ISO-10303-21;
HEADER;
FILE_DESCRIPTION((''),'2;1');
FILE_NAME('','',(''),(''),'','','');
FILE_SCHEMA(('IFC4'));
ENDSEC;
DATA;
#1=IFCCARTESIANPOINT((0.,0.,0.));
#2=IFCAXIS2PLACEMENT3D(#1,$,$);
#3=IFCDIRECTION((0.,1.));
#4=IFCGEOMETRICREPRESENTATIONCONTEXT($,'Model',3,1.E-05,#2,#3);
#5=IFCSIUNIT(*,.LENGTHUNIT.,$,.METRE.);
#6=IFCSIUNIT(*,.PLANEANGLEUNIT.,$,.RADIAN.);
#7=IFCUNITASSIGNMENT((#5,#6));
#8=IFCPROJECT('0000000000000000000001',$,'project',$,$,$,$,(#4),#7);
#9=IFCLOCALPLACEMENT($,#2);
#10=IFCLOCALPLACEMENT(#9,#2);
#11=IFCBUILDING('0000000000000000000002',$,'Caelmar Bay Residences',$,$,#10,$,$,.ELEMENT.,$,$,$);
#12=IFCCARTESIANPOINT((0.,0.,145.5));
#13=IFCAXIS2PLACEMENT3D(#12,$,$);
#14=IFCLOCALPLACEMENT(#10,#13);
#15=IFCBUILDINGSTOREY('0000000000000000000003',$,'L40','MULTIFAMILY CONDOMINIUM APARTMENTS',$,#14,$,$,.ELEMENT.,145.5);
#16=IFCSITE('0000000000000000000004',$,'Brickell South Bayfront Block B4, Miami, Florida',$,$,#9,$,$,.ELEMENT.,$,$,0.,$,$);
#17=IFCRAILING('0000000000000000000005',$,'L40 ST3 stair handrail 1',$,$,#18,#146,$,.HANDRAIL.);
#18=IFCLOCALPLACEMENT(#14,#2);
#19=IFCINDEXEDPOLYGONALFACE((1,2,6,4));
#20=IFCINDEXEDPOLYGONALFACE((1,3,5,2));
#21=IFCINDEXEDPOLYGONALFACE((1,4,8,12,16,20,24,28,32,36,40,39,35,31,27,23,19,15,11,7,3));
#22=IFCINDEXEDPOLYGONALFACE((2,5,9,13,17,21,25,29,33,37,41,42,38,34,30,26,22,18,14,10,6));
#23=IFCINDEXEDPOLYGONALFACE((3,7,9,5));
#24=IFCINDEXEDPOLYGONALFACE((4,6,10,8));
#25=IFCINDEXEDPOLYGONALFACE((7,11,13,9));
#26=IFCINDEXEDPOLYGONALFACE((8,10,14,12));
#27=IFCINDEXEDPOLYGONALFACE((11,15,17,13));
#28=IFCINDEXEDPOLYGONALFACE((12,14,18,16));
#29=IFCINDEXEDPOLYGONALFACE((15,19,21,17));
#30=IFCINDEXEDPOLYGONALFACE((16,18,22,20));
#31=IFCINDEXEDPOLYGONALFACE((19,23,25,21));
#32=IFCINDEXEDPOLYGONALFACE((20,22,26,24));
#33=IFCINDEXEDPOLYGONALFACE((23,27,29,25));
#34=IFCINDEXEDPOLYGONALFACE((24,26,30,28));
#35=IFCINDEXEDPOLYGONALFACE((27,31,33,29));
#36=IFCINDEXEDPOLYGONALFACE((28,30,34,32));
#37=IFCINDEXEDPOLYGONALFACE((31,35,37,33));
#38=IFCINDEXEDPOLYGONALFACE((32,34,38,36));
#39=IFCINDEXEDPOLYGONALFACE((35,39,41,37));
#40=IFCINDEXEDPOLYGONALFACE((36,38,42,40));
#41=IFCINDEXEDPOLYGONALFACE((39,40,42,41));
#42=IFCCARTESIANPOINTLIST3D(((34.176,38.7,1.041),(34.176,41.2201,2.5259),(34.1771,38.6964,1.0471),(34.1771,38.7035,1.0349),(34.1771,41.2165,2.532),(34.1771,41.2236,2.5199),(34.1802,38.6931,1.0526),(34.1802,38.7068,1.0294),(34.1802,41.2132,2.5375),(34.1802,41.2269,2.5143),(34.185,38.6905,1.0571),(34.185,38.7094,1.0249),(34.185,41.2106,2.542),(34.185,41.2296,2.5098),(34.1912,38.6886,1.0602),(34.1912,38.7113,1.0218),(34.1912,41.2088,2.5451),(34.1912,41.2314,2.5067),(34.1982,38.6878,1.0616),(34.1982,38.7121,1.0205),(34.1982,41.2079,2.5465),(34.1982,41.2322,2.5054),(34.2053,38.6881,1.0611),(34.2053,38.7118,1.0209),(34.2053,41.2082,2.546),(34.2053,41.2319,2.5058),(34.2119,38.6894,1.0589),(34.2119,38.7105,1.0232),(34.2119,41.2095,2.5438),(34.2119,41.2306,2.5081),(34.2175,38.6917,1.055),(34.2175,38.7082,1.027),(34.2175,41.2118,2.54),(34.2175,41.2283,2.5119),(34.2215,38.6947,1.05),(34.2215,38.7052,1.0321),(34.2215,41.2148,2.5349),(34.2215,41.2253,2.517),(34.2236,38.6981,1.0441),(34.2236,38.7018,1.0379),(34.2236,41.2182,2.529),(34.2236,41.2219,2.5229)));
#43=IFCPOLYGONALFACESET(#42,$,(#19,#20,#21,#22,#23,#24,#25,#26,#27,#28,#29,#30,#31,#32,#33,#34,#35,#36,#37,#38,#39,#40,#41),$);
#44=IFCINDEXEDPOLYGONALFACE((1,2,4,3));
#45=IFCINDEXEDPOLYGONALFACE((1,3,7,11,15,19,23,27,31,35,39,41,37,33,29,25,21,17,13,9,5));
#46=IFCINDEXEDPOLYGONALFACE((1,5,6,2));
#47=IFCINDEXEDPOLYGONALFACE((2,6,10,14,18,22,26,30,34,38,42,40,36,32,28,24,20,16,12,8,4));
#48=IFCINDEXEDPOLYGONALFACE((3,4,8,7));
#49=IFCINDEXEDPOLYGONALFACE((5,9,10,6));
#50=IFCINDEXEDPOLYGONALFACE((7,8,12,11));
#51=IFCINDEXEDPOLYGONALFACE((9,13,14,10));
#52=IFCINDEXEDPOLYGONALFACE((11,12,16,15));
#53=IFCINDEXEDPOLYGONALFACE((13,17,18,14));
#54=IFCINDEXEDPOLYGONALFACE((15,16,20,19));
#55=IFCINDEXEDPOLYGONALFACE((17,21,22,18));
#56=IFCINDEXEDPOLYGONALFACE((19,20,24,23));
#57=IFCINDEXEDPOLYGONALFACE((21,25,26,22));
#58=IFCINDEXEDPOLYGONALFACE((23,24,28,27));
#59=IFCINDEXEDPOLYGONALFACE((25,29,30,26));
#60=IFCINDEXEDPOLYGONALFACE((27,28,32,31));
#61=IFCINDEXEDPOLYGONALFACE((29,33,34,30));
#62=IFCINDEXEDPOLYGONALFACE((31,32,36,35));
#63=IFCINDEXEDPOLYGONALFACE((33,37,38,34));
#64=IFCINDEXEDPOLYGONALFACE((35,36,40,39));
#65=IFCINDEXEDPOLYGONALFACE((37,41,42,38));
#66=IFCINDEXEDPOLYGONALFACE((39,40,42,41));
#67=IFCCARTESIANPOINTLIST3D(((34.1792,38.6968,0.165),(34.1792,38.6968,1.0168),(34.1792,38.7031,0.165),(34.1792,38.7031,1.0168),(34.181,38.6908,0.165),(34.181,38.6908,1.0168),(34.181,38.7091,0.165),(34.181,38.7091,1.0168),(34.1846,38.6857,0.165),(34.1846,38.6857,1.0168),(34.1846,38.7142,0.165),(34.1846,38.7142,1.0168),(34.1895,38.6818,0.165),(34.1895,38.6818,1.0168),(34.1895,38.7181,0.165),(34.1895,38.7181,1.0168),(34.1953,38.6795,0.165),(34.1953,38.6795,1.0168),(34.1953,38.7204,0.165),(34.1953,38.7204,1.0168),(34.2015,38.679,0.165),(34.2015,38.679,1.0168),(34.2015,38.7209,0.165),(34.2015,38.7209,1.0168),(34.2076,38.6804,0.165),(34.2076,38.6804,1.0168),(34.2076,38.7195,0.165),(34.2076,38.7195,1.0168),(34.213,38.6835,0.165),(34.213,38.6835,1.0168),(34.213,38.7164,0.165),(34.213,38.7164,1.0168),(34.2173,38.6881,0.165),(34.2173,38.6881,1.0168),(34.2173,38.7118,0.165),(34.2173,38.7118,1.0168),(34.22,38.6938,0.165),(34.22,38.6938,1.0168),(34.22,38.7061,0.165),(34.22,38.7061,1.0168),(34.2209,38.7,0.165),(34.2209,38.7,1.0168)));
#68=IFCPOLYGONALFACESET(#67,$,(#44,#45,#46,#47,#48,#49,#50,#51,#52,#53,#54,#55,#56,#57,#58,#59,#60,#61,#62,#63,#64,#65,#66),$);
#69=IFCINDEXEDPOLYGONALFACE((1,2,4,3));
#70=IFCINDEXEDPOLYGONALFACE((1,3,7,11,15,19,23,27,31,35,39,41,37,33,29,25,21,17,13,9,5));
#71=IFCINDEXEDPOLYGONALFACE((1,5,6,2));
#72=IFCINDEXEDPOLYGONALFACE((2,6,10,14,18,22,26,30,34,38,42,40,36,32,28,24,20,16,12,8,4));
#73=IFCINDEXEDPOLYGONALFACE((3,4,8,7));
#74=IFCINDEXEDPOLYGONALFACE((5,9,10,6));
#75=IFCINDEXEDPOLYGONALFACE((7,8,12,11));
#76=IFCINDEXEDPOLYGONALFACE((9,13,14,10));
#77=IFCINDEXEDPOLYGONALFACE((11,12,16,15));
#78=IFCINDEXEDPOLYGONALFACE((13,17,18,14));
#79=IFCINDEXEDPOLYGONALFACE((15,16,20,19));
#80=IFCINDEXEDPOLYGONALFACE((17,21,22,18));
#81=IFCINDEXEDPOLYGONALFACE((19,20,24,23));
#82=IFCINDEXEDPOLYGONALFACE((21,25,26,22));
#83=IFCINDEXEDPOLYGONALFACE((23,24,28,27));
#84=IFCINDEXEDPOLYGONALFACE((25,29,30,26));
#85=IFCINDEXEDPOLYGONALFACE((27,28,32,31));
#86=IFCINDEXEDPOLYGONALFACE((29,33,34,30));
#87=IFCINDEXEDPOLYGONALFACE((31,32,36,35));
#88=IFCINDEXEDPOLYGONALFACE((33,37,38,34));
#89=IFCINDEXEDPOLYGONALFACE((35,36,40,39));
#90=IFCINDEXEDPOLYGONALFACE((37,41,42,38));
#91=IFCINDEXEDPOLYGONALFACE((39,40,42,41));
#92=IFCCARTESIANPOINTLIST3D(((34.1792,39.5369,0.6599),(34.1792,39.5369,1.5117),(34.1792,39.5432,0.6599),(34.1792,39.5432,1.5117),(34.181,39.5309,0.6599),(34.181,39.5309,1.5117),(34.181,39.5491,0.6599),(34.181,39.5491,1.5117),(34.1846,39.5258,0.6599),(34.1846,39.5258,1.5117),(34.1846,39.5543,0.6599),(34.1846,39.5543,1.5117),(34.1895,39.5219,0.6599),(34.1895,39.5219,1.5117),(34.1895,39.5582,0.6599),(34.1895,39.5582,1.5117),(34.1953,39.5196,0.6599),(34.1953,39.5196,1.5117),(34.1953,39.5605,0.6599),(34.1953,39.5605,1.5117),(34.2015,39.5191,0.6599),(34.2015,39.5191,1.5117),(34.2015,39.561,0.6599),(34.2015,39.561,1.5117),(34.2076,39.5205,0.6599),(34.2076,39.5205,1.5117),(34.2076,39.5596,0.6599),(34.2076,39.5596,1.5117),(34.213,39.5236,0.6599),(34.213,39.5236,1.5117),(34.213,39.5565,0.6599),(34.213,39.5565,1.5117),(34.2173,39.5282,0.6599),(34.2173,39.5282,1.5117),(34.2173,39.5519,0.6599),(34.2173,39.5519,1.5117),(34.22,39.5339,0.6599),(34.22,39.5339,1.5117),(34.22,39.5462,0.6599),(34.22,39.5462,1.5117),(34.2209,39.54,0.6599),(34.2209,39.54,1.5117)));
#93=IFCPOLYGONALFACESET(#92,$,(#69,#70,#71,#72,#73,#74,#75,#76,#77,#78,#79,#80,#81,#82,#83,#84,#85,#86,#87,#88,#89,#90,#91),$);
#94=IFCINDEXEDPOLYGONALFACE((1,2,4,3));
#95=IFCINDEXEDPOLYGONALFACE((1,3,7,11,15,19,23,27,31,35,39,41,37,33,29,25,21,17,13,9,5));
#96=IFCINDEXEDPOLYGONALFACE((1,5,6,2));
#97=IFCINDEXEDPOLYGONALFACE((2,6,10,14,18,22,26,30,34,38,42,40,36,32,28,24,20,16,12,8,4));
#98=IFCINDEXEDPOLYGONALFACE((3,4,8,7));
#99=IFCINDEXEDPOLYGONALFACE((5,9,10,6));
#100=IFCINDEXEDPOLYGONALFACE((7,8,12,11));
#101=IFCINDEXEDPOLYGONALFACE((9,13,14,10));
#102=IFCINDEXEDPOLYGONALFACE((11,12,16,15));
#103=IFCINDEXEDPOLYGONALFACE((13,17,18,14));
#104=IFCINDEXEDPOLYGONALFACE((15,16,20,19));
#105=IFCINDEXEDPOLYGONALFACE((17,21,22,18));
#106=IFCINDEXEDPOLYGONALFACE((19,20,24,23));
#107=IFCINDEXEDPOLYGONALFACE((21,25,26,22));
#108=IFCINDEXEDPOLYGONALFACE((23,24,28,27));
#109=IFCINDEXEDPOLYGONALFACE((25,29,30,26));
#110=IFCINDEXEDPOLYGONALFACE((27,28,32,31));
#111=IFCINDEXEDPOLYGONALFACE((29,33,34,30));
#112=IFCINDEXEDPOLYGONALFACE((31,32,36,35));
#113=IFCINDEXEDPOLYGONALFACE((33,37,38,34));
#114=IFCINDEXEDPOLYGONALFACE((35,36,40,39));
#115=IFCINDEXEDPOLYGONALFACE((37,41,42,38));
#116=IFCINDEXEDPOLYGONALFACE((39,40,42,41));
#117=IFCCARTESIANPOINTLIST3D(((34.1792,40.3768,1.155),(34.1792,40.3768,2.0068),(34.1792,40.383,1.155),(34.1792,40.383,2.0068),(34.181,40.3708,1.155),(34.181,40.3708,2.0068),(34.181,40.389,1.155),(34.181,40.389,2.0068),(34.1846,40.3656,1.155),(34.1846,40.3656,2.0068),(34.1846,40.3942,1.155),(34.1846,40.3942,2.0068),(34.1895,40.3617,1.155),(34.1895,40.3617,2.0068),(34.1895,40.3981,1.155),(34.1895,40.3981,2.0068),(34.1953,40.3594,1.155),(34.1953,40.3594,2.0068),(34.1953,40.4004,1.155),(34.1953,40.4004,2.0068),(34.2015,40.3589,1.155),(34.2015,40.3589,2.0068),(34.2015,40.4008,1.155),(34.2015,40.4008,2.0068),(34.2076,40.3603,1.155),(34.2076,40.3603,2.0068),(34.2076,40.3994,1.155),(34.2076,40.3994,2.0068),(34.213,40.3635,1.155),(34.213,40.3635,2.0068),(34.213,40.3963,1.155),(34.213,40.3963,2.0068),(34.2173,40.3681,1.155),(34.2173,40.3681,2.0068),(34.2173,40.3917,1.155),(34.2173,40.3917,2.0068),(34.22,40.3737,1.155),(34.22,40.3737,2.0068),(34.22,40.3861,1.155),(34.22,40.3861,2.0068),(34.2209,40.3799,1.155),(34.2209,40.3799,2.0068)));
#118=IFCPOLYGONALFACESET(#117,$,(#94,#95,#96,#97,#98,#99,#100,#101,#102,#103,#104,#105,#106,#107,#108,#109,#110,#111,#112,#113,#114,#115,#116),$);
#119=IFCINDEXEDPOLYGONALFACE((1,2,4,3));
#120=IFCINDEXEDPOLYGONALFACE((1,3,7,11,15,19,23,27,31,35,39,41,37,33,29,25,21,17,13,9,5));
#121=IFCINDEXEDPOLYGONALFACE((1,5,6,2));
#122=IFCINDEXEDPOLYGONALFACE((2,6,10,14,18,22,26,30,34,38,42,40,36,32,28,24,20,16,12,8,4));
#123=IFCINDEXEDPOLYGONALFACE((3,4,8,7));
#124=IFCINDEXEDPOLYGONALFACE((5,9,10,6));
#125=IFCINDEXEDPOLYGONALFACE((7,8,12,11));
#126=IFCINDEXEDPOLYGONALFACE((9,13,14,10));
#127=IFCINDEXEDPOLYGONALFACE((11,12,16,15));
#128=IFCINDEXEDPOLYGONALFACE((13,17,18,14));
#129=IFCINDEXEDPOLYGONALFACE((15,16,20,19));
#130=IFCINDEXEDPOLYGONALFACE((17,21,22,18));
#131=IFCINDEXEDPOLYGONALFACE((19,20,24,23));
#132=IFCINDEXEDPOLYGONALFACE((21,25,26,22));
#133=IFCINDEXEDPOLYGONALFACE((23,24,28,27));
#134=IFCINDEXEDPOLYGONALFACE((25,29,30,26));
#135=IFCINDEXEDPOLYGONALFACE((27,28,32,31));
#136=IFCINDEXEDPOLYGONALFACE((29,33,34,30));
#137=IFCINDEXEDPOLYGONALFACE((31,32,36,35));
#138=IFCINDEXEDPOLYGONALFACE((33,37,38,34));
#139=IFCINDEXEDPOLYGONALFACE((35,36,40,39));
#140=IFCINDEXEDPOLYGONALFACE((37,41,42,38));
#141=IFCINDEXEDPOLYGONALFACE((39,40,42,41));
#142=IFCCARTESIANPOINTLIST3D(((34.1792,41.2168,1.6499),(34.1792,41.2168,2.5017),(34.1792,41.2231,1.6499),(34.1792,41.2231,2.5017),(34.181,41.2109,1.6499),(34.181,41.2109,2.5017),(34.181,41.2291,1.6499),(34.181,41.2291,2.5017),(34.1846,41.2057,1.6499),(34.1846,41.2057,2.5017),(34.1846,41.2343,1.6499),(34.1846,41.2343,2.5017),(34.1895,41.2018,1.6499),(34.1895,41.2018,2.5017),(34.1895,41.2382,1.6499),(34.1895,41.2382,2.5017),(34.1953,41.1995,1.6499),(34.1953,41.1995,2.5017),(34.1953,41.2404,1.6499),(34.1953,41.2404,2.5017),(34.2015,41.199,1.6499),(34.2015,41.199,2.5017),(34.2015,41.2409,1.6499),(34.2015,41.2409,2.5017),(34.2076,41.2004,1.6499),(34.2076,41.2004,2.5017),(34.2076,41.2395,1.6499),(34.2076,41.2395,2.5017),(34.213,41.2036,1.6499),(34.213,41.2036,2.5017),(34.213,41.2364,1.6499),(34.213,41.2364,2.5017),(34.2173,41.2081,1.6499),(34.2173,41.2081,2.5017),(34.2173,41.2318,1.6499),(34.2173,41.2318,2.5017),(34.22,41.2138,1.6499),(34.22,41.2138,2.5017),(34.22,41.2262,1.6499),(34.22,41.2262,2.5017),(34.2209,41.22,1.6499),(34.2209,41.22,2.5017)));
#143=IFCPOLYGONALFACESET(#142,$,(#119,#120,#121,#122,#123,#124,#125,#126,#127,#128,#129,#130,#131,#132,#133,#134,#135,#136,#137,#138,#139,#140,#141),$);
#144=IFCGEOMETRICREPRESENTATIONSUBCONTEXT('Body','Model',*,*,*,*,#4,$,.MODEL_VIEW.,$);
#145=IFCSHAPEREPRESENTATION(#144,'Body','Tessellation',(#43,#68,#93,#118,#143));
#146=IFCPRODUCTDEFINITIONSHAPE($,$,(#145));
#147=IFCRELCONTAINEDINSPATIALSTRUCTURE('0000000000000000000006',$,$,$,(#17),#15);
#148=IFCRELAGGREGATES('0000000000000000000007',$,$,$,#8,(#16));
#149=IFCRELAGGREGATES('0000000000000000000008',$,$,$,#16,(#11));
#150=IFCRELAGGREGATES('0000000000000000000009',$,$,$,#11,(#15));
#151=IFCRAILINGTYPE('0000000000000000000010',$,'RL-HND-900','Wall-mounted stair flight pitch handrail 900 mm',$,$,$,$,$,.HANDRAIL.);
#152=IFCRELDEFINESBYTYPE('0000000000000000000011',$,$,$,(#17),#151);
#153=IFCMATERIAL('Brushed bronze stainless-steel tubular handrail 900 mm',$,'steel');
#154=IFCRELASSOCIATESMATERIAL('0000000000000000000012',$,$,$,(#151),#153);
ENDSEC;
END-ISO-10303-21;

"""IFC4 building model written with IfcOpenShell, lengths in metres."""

from ifc_helpers import new_model, si_unit, direction, frame, origin, origin_2d, place, context, subcontext, project, spatial, circle, extrude, material, type_object, element, save


model = new_model("IFC4")

# Units and contexts
model_context = context("Model", 3, precision=1e-05, world=origin(), true_north=direction((0.0, 1.0)))
body_context = subcontext(model_context, "Body", "Model", "MODEL_VIEW")
ifc_project = project(units=[si_unit("LENGTHUNIT", "METRE"), si_unit("PLANEANGLEUNIT", "RADIAN")], contexts=[model_context])

# Site, building, storey
site_placement = place(None, origin())
site = spatial("IfcSite", under=ifc_project, at=site_placement, Name="Brickell South Bayfront Block B4, Miami, Florida", CompositionType="ELEMENT", RefElevation=0.0)
building_placement = place(site_placement, origin())
building = spatial("IfcBuilding", under=site, at=building_placement, Name="Caelmar Bay Residences", CompositionType="ELEMENT")
storey_placement = place(building_placement, frame((0.0, 0.0, 145.5)))
storey = spatial("IfcBuildingStorey", under=building, at=storey_placement, Name="L40", Description="MULTIFAMILY CONDOMINIUM APARTMENTS", CompositionType="ELEMENT", Elevation=145.5)

# Railing
ifc_material_1 = material(Name="Brushed bronze stainless-steel tubular handrail 900 mm", Category="steel")
railing_type_1 = type_object("IfcRailingType", Name="RL-HND-900", Description="Wall-mounted stair flight pitch handrail 900 mm", PredefinedType="HANDRAIL", material=ifc_material_1)
railing_1_placement = place(storey_placement, frame((34.2, 38.7, 0.165)))
element("IfcRailing", 1, at=railing_1_placement, inside=storey, type_object=railing_type_1, Name="L40 ST3 stair handrail 1", PredefinedType="HANDRAIL", context=body_context, shape_type="SweptSolid", body=[
    extrude(circle(Radius=0.0239, at=origin_2d()), frame((0.0, 0.0, 0.876), z_axis=(0.0, 0.861561, 0.507655), x_axis=(-1.0, 0.0, 0.0)), (0.0, 0.0, 1.0), 2.925),
    extrude(circle(Radius=0.021, at=origin_2d()), origin(), (0.0, 0.0, 1.0), 0.8518),
    extrude(circle(Radius=0.021, at=origin_2d()), frame((0.0, 0.8401, 0.4949)), (0.0, 0.0, 1.0), 0.8518),
    extrude(circle(Radius=0.021, at=origin_2d()), frame((0.0, 1.6799, 0.99)), (0.0, 0.0, 1.0), 0.8518),
    extrude(circle(Radius=0.021, at=origin_2d()), frame((0.0, 2.52, 1.4849)), (0.0, 0.0, 1.0), 0.8518),
])

save(model, "model.ifc")
